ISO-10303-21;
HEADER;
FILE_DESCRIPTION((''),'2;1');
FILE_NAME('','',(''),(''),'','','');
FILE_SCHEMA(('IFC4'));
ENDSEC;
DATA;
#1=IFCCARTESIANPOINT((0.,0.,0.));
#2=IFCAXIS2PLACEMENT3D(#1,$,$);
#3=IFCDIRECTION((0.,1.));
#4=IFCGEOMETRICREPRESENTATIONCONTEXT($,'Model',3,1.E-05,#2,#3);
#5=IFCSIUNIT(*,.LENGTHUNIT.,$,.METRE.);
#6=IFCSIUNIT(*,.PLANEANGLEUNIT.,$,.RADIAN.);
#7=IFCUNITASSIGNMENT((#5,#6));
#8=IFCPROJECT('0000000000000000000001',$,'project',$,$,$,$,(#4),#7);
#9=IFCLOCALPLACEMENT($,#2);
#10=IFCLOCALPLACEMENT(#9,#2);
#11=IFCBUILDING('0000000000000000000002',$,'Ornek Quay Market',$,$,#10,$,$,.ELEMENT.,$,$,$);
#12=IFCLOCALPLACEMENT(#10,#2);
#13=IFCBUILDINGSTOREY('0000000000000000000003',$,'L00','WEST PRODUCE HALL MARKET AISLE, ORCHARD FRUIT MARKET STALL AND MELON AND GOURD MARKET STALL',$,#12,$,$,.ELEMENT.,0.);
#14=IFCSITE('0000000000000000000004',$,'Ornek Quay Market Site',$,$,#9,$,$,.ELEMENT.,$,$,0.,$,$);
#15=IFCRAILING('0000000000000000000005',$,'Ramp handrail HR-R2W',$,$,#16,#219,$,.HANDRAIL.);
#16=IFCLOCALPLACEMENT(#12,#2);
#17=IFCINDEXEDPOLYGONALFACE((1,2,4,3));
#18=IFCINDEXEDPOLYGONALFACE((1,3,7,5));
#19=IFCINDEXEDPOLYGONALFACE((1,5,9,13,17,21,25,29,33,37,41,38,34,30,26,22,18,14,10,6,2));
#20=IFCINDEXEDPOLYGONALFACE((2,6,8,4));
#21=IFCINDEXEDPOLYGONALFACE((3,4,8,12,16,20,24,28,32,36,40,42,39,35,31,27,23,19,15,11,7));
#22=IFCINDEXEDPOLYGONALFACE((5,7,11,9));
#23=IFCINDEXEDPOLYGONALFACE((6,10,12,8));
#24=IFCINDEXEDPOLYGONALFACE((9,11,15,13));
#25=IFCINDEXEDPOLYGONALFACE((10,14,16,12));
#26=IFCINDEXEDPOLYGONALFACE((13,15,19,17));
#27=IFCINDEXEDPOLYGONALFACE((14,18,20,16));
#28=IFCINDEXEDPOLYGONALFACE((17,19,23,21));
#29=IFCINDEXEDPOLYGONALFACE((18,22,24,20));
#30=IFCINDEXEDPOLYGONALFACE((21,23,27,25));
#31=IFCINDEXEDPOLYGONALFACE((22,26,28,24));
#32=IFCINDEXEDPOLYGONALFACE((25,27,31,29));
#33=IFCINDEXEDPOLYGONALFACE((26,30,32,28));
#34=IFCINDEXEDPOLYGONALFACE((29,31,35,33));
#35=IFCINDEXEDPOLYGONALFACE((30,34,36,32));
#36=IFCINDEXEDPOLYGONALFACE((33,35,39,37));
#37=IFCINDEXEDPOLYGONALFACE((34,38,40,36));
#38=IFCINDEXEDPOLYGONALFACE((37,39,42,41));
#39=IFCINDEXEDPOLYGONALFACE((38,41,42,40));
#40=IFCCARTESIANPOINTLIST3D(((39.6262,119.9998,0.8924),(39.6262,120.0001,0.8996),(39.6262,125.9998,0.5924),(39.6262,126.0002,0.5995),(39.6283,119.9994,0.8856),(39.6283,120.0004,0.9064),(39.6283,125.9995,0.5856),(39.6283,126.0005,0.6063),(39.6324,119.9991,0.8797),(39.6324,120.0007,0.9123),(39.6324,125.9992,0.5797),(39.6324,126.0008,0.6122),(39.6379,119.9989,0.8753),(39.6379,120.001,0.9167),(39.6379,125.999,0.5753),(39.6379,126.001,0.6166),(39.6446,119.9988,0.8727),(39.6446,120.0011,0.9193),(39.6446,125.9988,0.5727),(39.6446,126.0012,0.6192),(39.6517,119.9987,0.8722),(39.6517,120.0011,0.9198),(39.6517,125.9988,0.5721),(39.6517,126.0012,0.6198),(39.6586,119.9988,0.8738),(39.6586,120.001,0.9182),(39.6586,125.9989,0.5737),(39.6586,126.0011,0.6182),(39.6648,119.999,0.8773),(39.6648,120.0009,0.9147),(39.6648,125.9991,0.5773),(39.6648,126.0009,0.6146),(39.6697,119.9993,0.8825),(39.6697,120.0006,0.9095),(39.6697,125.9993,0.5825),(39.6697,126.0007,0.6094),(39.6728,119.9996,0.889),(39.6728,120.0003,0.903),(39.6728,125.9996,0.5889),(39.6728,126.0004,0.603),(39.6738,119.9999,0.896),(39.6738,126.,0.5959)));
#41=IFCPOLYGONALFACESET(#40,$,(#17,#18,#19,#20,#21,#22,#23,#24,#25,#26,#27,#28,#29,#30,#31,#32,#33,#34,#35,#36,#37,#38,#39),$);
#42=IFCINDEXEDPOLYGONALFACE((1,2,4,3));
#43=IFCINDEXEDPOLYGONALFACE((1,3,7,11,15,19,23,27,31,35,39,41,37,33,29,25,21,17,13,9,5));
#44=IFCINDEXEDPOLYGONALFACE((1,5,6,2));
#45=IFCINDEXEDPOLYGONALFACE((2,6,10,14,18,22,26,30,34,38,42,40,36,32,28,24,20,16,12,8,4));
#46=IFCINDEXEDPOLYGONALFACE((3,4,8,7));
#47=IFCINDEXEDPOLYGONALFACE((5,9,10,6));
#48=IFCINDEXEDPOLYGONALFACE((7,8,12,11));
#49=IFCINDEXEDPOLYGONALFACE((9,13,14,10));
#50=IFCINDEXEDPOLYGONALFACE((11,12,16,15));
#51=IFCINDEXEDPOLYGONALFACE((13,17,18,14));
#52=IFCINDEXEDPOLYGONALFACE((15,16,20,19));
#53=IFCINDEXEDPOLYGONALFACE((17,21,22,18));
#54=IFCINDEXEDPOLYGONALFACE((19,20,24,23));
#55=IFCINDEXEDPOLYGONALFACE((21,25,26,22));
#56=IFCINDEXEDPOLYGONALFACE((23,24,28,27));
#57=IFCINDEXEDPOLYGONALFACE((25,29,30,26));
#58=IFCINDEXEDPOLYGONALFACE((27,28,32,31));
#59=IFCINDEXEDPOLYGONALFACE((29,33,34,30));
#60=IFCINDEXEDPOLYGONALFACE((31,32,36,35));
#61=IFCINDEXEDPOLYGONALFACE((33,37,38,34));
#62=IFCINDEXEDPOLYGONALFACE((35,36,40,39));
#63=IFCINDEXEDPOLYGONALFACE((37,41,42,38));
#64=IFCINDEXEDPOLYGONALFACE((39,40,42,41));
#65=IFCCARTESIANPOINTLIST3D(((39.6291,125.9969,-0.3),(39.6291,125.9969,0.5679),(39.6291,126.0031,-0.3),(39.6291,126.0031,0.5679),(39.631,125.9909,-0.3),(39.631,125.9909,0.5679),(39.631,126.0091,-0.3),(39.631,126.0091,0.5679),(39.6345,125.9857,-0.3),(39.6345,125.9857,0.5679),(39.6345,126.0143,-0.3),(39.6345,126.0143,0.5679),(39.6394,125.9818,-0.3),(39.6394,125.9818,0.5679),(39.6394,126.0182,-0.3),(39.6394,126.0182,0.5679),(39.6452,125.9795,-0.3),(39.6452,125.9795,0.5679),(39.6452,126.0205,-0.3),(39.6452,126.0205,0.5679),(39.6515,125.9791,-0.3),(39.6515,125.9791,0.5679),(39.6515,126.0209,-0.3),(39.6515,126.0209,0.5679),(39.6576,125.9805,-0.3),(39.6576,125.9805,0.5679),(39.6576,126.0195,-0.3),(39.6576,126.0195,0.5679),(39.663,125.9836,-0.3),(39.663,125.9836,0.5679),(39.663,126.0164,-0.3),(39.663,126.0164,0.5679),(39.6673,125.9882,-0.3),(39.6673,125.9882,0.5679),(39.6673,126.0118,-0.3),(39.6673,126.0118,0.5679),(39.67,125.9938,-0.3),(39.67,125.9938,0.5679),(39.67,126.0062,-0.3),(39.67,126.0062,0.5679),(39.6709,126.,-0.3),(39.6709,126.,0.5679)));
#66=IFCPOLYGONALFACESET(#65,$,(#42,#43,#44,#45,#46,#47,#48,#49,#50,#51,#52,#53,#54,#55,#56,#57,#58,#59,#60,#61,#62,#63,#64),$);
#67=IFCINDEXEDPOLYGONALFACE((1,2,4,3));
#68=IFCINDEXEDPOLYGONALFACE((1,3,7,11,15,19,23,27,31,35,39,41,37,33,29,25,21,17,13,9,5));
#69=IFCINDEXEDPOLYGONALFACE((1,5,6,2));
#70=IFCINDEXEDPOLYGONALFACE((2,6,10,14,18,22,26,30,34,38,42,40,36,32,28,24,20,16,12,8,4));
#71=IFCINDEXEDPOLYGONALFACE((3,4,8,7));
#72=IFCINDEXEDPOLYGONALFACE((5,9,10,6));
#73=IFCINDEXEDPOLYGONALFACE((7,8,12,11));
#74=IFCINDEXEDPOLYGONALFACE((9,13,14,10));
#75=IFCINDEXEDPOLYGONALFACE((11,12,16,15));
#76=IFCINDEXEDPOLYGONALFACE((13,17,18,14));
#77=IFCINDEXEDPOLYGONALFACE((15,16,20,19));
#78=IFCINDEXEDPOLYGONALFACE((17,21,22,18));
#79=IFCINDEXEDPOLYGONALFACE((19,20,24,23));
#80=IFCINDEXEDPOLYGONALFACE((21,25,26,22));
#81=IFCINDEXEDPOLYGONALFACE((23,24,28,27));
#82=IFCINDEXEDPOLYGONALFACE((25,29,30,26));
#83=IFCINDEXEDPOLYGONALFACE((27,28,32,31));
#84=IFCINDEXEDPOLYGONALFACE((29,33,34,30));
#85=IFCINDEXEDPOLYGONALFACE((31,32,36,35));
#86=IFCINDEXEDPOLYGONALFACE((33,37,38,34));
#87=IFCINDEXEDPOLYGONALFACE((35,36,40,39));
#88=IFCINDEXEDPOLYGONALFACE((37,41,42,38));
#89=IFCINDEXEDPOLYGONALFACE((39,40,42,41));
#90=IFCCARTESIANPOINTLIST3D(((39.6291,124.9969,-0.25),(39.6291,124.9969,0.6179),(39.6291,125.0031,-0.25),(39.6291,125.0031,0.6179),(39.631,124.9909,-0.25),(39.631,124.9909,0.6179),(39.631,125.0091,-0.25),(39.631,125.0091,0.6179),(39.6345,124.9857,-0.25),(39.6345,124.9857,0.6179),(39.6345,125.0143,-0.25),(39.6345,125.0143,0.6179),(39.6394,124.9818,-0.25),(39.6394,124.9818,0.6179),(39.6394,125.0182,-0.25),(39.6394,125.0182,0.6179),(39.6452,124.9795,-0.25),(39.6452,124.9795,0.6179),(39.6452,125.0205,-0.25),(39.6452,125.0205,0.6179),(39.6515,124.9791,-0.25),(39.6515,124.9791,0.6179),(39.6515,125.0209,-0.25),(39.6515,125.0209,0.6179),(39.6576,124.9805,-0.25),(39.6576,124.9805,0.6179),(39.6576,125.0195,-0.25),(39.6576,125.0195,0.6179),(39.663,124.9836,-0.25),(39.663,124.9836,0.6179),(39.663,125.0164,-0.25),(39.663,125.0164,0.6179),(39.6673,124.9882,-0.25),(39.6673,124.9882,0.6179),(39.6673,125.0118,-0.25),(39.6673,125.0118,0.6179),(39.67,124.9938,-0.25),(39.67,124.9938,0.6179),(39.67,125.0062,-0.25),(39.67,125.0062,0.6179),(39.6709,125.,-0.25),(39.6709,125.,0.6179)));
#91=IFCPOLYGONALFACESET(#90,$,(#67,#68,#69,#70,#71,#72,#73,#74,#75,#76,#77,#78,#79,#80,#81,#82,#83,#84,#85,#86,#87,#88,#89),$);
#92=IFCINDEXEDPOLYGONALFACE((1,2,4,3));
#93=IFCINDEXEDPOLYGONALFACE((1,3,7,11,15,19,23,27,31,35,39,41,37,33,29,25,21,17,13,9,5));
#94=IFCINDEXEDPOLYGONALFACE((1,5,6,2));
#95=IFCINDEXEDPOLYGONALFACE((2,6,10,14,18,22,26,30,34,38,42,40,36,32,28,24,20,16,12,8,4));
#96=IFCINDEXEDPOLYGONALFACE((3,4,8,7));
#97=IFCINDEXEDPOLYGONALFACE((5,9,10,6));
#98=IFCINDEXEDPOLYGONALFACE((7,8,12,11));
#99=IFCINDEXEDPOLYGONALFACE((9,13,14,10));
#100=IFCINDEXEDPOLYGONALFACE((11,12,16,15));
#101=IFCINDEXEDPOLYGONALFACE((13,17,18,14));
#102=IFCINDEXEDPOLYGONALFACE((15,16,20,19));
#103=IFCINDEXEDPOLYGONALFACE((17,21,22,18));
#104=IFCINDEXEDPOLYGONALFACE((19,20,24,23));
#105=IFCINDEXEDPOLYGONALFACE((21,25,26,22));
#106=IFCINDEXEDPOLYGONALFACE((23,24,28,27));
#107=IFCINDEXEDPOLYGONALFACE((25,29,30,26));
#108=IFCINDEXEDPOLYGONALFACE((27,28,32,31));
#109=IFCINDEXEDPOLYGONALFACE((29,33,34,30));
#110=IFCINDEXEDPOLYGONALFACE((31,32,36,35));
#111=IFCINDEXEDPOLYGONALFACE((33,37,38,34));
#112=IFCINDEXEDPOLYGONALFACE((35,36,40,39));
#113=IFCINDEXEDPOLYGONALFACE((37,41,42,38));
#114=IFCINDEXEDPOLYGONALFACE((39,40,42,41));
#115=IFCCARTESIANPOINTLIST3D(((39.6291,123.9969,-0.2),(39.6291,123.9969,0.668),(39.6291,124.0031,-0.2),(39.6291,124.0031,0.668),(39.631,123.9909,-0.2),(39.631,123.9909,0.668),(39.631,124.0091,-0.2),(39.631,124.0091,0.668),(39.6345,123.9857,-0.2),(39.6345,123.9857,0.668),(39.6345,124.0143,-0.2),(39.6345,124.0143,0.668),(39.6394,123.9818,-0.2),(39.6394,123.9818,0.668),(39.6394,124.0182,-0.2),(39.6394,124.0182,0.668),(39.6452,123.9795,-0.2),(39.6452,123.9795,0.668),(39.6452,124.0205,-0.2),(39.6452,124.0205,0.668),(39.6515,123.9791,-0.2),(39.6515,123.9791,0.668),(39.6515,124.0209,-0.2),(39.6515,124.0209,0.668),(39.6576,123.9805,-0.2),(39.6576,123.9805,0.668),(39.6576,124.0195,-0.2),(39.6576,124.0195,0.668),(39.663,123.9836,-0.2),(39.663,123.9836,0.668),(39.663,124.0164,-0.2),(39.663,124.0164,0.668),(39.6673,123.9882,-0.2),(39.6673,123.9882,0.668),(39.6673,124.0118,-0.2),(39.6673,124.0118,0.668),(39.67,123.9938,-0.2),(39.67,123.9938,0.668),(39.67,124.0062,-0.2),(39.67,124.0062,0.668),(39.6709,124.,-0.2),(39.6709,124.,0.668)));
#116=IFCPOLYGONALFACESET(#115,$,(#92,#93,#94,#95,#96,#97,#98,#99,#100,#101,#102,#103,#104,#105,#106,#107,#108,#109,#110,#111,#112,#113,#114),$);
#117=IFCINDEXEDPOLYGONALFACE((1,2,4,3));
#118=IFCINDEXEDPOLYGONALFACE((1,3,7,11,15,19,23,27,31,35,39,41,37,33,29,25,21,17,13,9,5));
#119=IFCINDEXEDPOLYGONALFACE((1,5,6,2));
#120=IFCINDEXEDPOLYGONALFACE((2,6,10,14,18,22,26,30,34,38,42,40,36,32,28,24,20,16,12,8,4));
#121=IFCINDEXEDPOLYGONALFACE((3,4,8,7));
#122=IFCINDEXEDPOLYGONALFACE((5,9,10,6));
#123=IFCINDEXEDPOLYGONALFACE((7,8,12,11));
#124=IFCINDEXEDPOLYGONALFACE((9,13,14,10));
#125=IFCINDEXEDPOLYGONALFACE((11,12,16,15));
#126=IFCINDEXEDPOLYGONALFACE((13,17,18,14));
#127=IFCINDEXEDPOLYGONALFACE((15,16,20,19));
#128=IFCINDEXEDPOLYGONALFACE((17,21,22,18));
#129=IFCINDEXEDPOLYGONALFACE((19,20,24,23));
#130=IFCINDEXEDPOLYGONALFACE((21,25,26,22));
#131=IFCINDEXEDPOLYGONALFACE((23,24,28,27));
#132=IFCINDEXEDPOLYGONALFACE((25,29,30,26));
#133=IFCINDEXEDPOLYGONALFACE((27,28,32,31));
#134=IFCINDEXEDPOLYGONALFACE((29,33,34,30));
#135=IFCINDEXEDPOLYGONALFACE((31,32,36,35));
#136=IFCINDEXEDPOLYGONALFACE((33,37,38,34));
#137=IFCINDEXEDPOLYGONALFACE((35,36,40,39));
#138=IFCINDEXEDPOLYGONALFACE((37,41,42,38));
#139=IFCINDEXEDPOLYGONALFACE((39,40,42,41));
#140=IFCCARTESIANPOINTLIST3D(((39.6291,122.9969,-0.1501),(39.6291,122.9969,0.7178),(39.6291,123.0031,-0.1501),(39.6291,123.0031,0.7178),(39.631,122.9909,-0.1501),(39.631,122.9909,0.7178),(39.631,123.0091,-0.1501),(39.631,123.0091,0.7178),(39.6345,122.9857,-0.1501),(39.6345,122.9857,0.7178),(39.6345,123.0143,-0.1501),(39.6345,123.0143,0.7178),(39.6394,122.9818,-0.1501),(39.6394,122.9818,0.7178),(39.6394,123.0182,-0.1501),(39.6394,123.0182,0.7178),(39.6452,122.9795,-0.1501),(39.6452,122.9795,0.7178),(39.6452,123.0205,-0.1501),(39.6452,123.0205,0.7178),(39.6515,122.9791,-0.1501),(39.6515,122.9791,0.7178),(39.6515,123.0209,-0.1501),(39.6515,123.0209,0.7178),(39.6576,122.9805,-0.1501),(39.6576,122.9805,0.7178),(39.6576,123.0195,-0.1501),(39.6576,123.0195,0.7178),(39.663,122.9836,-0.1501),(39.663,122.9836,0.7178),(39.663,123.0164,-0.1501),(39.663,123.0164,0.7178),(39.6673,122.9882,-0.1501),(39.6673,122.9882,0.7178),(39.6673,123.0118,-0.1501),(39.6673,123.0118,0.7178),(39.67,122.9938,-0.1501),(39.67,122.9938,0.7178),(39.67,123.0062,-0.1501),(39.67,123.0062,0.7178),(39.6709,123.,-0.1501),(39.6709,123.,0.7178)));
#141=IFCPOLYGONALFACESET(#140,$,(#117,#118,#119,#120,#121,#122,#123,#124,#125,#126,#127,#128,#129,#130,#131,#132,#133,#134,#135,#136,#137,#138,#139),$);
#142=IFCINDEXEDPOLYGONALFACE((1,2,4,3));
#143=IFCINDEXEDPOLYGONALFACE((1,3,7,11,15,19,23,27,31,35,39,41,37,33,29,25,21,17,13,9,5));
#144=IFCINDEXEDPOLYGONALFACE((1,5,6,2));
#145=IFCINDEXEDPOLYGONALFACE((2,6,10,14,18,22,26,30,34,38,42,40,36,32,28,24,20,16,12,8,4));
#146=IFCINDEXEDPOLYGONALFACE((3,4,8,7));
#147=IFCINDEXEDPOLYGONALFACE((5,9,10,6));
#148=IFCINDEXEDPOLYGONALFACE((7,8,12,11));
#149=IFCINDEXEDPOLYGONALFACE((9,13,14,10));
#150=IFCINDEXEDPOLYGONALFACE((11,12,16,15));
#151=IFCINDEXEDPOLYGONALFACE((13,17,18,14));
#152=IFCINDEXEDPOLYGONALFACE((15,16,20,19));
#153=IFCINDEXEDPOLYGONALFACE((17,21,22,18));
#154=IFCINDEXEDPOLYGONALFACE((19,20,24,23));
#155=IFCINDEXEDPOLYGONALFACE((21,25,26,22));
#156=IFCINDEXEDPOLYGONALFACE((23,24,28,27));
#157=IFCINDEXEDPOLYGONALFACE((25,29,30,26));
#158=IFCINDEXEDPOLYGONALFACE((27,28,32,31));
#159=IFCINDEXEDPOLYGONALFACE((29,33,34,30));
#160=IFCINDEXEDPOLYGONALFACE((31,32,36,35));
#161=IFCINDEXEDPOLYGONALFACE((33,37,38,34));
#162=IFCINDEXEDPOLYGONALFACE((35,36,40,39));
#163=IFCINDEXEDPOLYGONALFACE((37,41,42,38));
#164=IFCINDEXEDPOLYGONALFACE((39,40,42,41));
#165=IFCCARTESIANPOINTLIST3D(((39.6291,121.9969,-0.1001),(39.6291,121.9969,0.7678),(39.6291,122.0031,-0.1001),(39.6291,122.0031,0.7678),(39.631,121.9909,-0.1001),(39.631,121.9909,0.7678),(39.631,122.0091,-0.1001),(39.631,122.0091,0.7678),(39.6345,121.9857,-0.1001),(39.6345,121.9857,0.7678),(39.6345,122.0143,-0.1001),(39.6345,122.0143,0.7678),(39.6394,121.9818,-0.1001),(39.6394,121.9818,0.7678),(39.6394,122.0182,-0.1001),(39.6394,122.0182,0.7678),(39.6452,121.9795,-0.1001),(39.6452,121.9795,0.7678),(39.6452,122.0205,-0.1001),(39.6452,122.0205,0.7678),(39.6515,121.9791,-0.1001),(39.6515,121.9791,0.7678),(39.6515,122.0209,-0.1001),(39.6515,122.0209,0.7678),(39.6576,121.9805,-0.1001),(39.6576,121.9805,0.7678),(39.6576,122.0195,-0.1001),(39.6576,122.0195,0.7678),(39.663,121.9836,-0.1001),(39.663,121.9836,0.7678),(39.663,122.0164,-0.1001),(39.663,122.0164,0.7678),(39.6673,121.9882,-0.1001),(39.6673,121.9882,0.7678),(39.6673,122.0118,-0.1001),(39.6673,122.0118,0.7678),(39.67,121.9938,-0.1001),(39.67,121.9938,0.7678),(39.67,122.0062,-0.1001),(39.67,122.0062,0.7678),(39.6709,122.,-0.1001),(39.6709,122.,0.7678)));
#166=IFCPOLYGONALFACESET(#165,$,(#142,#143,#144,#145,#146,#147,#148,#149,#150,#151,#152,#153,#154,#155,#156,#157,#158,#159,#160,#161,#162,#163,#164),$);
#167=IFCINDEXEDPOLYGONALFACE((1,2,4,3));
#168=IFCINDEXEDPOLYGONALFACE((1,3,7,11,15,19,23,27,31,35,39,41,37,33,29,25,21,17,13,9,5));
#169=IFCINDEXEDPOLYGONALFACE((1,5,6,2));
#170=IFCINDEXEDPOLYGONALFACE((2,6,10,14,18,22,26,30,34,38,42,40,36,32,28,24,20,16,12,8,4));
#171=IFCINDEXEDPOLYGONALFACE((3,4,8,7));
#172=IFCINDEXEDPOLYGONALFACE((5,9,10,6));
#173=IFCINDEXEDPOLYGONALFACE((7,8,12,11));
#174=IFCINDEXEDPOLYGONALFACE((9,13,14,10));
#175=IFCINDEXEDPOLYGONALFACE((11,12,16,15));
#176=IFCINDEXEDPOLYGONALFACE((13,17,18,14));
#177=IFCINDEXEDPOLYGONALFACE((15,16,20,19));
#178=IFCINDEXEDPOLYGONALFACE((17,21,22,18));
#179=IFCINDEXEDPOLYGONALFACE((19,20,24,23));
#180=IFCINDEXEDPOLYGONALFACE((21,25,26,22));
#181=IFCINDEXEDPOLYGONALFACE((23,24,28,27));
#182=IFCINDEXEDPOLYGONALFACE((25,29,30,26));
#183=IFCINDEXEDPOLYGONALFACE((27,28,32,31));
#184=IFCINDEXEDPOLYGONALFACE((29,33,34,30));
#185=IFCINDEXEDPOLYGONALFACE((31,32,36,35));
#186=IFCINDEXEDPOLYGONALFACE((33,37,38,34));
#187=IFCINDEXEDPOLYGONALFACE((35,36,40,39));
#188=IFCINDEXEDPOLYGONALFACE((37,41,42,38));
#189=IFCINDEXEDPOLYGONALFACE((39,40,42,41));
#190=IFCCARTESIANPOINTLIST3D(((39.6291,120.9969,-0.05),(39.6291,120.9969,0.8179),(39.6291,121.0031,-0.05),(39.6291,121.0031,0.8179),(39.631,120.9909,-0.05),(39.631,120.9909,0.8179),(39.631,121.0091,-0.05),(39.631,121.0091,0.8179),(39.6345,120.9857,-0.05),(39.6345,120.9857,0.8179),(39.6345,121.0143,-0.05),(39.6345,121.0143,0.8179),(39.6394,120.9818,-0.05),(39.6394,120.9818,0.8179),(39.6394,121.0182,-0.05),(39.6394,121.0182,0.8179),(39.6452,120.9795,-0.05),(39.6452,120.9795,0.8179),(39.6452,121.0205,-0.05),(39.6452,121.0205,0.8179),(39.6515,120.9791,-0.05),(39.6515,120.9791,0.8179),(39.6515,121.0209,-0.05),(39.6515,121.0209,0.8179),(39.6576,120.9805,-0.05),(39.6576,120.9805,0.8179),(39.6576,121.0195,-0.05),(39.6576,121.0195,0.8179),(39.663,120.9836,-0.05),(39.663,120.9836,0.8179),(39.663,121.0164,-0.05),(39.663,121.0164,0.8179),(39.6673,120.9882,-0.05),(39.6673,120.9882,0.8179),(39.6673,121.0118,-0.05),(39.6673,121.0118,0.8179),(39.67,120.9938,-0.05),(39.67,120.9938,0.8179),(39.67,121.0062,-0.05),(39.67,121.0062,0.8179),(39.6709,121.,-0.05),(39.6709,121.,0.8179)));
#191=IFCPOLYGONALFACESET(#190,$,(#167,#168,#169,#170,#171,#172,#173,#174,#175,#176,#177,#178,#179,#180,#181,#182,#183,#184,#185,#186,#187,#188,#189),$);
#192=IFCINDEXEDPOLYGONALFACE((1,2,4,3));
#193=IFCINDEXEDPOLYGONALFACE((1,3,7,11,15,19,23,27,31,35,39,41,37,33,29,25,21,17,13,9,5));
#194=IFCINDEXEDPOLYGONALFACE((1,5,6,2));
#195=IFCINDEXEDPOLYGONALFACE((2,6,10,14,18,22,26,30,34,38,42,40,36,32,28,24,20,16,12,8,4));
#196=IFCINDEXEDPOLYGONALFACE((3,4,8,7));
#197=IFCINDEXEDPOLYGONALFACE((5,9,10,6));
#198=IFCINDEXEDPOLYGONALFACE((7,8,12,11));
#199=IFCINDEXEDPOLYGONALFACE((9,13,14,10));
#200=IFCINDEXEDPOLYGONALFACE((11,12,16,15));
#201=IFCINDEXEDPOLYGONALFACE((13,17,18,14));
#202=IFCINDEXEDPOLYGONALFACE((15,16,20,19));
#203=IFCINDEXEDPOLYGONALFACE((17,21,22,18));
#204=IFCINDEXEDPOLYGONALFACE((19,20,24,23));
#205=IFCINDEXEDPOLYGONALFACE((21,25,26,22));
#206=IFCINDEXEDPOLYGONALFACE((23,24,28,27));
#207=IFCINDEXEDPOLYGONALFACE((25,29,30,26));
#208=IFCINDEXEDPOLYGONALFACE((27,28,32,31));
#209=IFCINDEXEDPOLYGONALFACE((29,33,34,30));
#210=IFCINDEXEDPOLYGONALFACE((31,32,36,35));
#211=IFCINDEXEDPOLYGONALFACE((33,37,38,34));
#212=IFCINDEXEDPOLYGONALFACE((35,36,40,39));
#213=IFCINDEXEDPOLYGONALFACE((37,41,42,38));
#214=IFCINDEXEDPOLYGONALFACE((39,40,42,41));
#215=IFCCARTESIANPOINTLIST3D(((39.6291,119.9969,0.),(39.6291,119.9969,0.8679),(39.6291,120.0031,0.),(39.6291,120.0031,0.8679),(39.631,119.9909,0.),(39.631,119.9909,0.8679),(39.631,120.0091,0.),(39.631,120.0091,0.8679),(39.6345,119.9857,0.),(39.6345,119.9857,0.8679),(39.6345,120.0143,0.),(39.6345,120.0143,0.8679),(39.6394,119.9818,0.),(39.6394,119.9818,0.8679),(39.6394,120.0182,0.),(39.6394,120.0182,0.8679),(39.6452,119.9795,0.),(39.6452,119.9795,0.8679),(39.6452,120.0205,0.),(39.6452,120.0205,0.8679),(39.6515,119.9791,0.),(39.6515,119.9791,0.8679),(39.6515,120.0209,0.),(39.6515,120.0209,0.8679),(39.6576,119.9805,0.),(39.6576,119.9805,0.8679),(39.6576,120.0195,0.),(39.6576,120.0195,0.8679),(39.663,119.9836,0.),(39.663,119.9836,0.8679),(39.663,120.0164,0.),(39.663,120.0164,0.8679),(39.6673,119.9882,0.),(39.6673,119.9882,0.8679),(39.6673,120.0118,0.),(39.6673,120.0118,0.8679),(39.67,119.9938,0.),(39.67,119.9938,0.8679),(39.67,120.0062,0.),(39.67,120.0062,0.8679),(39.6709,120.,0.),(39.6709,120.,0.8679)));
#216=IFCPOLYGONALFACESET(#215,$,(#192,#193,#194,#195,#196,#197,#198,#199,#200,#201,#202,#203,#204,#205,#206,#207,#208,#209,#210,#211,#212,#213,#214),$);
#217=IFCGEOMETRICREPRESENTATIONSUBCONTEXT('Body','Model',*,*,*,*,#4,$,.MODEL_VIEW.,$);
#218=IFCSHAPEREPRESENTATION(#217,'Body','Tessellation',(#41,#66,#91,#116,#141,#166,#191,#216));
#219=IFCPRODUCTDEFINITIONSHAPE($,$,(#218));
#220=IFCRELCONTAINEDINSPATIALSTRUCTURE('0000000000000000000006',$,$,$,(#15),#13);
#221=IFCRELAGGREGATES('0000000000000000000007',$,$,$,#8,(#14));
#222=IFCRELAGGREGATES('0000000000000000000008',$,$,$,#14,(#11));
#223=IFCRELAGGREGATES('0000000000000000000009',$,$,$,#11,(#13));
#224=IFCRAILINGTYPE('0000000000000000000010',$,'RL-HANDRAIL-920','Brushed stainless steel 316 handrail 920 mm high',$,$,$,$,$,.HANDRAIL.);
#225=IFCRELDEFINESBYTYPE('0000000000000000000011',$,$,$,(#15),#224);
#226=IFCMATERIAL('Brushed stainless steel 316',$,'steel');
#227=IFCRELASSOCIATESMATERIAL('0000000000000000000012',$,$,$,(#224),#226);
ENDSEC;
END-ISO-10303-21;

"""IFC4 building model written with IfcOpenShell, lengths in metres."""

from ifc_helpers import new_model, si_unit, direction, frame, origin, origin_2d, place, context, subcontext, project, spatial, circle, extrude, material, type_object, element, save


model = new_model("IFC4")

# Units and contexts
model_context = context("Model", 3, precision=1e-05, world=origin(), true_north=direction((0.0, 1.0)))
body_context = subcontext(model_context, "Body", "Model", "MODEL_VIEW")
ifc_project = project(units=[si_unit("LENGTHUNIT", "METRE"), si_unit("PLANEANGLEUNIT", "RADIAN")], contexts=[model_context])

# Site, building, storey
site_placement = place(None, origin())
site = spatial("IfcSite", under=ifc_project, at=site_placement, Name="Ornek Quay Market Site", CompositionType="ELEMENT", RefElevation=0.0)
building_placement = place(site_placement, origin())
building = spatial("IfcBuilding", under=site, at=building_placement, Name="Ornek Quay Market", CompositionType="ELEMENT")
storey_placement = place(building_placement, origin())
storey = spatial("IfcBuildingStorey", under=building, at=storey_placement, Name="L00", Description="WEST PRODUCE HALL MARKET AISLE, ORCHARD FRUIT MARKET STALL AND MELON AND GOURD MARKET STALL", CompositionType="ELEMENT", Elevation=0.0)

# Railing
ifc_material_1 = material(Name="Brushed stainless steel 316", Category="steel")
railing_type = type_object("IfcRailingType", Name="RL-HANDRAIL-920", Description="Brushed stainless steel 316 handrail 920 mm high", PredefinedType="HANDRAIL", material=ifc_material_1)
for number, where, name in (
    (1, (39.6499, 126.0, -0.3), "Ramp handrail HR-R2W"),
):
    element("IfcRailing", number, at=place(storey_placement, frame(where)), inside=storey, type_object=railing_type, Name=name, PredefinedType="HANDRAIL", context=body_context, shape_type="SweptSolid", body=[
        extrude(circle(Radius=0.0239, at=origin_2d()), frame((0.0, 0.0, 0.896), z_axis=(0.0, -0.998752, 0.049946), x_axis=(1.0, 0.0, 0.0)), (0.0, 0.0, 1.0), 6.0076),
        extrude(circle(Radius=0.021, at=origin_2d()), origin(), (0.0, 0.0, 1.0), 0.8679),
        extrude(circle(Radius=0.021, at=origin_2d()), frame((0.0, -1.0, 0.05)), (0.0, 0.0, 1.0), 0.8679),
        extrude(circle(Radius=0.021, at=origin_2d()), frame((0.0, -2.0, 0.1001)), (0.0, 0.0, 1.0), 0.8679),
        extrude(circle(Radius=0.021, at=origin_2d()), frame((0.0, -3.0, 0.1499)), (0.0, 0.0, 1.0), 0.8679),
        extrude(circle(Radius=0.021, at=origin_2d()), frame((0.0, -4.0, 0.2)), (0.0, 0.0, 1.0), 0.8679),
        extrude(circle(Radius=0.021, at=origin_2d()), frame((0.0, -5.0, 0.25)), (0.0, 0.0, 1.0), 0.8679),
        extrude(circle(Radius=0.021, at=origin_2d()), frame((0.0, -6.0, 0.3)), (0.0, 0.0, 1.0), 0.8679),
    ])

save(model, "model.ifc")
